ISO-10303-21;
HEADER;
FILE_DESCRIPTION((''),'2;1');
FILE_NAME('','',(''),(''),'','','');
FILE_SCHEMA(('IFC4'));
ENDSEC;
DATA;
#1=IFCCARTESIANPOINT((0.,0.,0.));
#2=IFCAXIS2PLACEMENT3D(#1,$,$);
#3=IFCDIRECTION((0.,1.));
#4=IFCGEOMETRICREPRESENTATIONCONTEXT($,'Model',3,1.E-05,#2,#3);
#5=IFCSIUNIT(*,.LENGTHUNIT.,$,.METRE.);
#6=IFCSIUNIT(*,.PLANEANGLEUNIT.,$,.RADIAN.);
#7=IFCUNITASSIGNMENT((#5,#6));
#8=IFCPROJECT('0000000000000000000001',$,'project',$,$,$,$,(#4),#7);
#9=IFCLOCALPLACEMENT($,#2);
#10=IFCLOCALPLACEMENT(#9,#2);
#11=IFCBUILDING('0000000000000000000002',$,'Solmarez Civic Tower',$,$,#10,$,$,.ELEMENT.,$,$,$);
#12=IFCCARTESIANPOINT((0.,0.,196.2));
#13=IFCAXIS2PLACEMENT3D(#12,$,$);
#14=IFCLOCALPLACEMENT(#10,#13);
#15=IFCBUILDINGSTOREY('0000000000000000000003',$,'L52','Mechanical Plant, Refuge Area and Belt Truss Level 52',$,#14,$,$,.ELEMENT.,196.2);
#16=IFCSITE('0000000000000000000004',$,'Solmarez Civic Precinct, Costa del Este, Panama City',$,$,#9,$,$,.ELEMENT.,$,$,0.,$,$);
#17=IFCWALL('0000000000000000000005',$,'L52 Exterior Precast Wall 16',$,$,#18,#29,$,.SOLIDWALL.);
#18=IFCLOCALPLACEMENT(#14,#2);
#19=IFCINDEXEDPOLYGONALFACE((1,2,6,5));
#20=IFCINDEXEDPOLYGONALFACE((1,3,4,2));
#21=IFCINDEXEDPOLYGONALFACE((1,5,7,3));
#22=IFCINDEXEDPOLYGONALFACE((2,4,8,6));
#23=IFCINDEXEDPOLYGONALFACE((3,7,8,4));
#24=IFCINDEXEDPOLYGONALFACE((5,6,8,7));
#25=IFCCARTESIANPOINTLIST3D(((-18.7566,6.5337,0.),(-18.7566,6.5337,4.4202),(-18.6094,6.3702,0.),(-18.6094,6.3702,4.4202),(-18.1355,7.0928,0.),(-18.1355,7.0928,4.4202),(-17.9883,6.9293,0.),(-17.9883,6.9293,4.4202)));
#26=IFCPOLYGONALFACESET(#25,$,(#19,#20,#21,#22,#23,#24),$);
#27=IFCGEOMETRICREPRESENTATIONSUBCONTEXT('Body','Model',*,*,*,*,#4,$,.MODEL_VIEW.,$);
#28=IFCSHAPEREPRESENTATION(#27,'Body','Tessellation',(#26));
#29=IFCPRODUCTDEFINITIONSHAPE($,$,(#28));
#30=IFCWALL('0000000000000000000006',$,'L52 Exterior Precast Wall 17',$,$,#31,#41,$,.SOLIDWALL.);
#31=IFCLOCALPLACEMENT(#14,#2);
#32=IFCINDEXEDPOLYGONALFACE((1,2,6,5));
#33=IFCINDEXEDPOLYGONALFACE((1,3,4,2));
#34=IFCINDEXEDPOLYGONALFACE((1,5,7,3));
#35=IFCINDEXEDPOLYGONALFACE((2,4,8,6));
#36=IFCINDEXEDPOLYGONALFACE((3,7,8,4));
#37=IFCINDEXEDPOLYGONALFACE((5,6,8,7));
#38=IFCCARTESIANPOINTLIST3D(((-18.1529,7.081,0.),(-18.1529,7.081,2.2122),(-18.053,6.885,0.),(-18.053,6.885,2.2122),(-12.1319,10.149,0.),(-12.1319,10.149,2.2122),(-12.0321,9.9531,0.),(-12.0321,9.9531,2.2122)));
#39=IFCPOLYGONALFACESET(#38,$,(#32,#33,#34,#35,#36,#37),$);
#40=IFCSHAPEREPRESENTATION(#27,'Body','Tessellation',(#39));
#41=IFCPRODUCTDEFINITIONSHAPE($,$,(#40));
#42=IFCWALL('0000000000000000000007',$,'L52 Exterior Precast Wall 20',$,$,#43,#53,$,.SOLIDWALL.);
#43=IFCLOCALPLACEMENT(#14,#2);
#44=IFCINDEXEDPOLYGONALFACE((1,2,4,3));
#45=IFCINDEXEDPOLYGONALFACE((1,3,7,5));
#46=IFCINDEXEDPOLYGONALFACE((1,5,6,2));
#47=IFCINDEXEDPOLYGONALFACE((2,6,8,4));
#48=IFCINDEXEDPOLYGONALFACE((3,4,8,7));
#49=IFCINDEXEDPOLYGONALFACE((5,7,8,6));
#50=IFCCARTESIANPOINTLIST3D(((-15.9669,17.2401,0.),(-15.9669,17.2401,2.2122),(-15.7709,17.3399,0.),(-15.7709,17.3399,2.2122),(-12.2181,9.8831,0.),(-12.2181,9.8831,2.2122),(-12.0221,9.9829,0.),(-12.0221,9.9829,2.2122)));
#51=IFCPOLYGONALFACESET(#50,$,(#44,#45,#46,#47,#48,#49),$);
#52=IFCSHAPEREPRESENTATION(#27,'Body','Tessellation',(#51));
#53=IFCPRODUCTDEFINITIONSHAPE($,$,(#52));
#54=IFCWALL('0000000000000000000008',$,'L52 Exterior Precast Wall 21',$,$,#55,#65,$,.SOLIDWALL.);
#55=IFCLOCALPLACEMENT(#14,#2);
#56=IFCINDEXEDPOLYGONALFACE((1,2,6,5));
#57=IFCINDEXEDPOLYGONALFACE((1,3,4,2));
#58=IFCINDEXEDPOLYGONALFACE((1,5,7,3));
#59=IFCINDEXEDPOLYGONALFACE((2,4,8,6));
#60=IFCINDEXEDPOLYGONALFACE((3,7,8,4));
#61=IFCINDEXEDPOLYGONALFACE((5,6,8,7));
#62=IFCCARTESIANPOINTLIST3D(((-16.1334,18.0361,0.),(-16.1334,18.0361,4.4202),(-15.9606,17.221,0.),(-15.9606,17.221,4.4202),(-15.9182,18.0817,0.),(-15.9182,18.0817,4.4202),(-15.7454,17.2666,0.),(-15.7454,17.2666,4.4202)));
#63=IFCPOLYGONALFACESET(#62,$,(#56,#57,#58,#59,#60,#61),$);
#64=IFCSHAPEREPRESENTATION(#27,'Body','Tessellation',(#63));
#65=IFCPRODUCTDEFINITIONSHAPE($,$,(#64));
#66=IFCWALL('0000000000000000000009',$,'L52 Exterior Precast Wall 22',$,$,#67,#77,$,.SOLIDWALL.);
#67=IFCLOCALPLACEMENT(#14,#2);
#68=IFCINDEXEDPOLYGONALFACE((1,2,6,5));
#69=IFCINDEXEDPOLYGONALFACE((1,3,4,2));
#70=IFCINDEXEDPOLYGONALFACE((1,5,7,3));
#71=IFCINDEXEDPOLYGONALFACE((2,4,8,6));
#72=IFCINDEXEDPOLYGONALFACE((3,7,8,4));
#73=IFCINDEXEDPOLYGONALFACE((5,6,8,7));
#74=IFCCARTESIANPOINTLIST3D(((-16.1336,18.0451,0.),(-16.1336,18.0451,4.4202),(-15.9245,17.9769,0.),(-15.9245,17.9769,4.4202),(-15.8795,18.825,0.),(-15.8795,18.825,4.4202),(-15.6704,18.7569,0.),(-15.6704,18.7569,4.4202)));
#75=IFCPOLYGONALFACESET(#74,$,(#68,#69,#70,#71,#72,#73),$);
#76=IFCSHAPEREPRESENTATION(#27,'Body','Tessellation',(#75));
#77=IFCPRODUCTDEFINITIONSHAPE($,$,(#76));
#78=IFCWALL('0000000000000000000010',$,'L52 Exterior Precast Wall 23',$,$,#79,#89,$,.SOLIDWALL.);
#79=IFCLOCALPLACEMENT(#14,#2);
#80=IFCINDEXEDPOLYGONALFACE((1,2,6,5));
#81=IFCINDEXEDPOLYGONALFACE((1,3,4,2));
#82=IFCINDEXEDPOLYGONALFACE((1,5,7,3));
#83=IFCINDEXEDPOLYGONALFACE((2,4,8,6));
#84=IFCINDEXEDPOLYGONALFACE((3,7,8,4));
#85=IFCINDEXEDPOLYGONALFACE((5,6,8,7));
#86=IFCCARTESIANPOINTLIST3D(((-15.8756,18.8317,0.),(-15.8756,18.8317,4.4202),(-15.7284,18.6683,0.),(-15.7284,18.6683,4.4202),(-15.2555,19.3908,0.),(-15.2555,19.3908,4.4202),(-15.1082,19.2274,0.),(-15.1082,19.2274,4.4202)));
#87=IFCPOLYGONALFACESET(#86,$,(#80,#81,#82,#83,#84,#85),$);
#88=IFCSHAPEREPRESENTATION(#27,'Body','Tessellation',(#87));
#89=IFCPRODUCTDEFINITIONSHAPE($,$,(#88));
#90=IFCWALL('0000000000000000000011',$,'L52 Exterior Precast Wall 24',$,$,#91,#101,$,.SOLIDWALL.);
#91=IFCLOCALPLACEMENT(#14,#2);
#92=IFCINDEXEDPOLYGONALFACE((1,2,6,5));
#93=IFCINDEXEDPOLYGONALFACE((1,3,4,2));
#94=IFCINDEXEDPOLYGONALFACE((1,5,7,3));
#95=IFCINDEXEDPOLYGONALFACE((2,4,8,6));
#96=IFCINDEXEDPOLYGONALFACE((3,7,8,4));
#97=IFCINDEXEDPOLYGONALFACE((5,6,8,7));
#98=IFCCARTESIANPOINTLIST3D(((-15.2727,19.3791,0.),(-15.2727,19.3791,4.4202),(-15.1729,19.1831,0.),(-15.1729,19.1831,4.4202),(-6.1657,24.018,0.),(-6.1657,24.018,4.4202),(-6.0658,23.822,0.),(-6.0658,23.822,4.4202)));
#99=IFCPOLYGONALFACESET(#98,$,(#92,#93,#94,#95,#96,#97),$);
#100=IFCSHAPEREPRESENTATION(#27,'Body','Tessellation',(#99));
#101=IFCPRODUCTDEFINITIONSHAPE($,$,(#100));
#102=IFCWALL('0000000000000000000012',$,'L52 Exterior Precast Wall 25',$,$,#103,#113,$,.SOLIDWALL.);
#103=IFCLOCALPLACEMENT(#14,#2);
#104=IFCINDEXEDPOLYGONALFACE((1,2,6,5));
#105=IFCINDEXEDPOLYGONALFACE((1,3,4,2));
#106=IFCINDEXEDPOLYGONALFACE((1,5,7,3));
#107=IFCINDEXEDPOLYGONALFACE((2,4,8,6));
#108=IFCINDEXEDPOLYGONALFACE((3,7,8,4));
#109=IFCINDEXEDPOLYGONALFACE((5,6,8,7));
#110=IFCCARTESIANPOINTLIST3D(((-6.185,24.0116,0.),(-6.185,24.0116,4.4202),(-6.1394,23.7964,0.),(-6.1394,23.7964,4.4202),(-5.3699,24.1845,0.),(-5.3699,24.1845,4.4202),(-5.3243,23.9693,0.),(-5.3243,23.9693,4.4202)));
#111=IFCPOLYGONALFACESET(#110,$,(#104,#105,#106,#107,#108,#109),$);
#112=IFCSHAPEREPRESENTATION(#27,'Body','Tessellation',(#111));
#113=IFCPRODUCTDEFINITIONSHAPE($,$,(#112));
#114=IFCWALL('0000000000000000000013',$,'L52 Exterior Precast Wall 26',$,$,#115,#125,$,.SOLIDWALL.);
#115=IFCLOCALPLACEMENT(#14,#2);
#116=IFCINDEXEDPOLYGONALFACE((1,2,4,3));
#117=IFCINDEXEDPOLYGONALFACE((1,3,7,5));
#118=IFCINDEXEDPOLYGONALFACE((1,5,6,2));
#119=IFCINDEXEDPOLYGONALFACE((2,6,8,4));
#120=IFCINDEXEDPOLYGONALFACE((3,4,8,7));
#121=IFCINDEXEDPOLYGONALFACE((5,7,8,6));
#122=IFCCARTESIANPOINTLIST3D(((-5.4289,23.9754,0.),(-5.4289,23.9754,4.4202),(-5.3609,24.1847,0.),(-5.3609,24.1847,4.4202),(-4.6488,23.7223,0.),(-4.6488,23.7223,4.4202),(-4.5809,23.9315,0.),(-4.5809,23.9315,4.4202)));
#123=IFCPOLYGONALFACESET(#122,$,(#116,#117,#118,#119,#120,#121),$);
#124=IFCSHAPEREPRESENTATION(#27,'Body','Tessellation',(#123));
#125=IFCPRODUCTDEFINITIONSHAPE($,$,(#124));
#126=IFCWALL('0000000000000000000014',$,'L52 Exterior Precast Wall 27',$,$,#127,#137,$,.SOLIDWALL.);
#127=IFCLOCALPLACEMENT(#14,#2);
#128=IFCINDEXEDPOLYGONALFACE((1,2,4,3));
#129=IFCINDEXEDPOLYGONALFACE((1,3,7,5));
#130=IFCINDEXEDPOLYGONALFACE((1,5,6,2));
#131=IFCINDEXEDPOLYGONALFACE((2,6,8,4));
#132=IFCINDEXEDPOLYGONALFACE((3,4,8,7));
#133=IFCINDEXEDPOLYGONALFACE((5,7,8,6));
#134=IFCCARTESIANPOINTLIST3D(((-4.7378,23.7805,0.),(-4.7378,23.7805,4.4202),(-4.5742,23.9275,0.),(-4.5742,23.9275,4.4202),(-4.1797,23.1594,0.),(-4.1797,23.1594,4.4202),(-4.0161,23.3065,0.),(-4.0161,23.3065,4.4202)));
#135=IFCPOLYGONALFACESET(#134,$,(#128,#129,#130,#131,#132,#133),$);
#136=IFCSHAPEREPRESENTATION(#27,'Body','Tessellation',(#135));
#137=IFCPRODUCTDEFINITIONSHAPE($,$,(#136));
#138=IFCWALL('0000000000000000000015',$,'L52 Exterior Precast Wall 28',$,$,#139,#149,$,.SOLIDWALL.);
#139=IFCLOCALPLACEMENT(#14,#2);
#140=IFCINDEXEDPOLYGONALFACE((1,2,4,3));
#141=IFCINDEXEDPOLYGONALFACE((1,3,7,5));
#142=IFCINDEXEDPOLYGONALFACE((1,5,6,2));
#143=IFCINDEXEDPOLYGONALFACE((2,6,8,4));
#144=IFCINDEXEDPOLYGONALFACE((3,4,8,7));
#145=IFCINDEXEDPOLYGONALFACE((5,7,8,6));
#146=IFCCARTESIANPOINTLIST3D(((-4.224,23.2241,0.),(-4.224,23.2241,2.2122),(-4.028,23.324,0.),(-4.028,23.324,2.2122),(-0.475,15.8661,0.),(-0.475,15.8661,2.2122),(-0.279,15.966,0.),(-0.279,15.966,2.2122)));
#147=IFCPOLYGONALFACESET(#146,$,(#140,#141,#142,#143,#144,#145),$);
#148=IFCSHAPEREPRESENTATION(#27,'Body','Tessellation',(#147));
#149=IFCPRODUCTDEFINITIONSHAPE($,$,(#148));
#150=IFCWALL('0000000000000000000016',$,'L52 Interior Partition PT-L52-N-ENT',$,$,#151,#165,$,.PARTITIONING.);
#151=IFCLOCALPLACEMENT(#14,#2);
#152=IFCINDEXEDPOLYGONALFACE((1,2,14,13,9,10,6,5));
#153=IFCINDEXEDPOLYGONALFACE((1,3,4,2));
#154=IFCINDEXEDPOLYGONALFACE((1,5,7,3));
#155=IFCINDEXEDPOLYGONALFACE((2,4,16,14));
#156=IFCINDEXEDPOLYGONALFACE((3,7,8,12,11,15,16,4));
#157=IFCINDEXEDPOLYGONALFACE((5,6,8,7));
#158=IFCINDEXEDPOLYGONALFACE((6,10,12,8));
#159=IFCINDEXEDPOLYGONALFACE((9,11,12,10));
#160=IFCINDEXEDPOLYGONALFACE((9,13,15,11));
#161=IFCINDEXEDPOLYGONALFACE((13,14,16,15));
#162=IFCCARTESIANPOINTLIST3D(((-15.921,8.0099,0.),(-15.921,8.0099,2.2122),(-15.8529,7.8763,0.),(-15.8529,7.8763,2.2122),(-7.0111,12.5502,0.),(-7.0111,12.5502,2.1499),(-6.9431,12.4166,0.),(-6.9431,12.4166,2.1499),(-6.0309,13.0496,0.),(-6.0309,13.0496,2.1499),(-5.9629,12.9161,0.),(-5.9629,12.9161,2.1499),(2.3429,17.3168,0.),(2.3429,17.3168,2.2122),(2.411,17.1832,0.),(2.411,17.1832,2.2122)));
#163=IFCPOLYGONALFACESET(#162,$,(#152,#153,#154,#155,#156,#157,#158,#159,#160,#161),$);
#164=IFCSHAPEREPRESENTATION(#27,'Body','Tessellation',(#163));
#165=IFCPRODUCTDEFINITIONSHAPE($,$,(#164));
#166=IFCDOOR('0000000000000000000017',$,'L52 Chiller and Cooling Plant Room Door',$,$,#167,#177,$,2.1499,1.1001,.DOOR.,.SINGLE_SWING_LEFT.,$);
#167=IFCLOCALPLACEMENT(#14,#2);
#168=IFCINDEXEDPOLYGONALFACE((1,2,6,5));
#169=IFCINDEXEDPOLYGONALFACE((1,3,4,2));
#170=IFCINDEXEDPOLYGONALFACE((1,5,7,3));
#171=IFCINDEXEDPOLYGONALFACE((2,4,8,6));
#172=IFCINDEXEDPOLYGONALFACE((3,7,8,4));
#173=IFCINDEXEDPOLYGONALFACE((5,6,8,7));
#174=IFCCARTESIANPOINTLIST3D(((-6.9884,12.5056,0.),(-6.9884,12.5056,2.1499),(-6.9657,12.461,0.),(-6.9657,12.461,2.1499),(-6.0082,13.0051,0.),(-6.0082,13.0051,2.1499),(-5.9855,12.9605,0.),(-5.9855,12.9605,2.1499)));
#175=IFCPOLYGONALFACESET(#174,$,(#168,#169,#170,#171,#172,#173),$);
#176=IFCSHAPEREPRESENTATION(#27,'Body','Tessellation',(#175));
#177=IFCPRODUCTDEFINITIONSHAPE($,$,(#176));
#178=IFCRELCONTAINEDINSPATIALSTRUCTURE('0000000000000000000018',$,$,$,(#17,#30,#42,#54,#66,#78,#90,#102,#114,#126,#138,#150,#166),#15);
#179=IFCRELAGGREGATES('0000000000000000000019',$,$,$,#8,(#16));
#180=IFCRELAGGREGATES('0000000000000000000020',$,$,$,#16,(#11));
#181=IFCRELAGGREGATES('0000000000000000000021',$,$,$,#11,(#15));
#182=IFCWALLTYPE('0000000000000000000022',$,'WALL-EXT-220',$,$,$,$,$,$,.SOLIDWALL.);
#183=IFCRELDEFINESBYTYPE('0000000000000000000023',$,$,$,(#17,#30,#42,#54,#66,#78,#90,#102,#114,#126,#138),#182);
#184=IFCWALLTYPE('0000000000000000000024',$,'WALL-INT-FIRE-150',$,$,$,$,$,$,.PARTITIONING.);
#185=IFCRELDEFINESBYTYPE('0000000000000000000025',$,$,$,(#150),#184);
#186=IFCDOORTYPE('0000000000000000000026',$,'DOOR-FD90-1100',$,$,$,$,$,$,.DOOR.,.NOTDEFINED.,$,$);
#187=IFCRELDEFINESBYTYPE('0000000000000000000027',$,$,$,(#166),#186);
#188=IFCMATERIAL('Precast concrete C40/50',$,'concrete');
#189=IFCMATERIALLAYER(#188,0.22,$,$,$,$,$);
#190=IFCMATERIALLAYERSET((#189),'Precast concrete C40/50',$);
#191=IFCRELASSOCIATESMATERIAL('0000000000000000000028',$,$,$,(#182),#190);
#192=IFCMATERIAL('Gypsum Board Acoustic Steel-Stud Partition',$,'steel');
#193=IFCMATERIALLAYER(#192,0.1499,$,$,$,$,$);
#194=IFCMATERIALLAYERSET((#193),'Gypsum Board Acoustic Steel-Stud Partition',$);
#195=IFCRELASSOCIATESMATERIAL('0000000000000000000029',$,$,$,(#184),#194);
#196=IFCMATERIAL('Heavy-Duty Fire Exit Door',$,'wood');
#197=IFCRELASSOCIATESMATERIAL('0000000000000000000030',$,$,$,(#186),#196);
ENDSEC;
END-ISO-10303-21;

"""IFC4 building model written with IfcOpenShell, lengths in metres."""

from ifc_helpers import new_model, si_unit, direction, frame, frame_2d, origin, place, context, subcontext, project, spatial, rectangle, extrude, material, layer, layer_set, type_object, element, fill, save


model = new_model("IFC4")

# Units and contexts
model_context = context("Model", 3, precision=1e-05, world=origin(), true_north=direction((0.0, 1.0)))
body_context = subcontext(model_context, "Body", "Model", "MODEL_VIEW")
ifc_project = project(units=[si_unit("LENGTHUNIT", "METRE"), si_unit("PLANEANGLEUNIT", "RADIAN")], contexts=[model_context])

# Site, building, storey
site_placement = place(None, origin())
site = spatial("IfcSite", under=ifc_project, at=site_placement, Name="Solmarez Civic Precinct, Costa del Este, Panama City", CompositionType="ELEMENT", RefElevation=0.0)
building_placement = place(site_placement, origin())
building = spatial("IfcBuilding", under=site, at=building_placement, Name="Solmarez Civic Tower", CompositionType="ELEMENT")
storey_placement = place(building_placement, frame((0.0, 0.0, 196.2)))
storey = spatial("IfcBuildingStorey", under=building, at=storey_placement, Name="L52", Description="Mechanical Plant, Refuge Area and Belt Truss Level 52", CompositionType="ELEMENT", Elevation=196.2)

# Walls
ifc_material_1 = material(Name="Precast concrete C40/50", Category="concrete")
ifc_layer_1 = layer(ifc_material_1, 0.22)
ifc_layer_set_1 = layer_set([ifc_layer_1], Name="Precast concrete C40/50")
wall_type_1 = type_object("IfcWallType", Name="WALL-EXT-220", PredefinedType="SOLIDWALL", material=ifc_layer_set_1)
wall_1_placement = place(storey_placement, frame((-18.6831, 6.4519, 0.0), z_axis=(0.0, 0.0, 1.0), x_axis=(0.743236, 0.669029, 0.0)))
element("IfcWall", 1, at=wall_1_placement, inside=storey, type_object=wall_type_1, Name="L52 Exterior Precast Wall 16", PredefinedType="SOLIDWALL", context=body_context, shape_type="SweptSolid", body=[
    extrude(rectangle(XDim=0.8357, YDim=0.22, at=frame_2d((0.418, 0.0))), origin(), (0.0, 0.0, 1.0), 4.4202),
])
wall_2_placement = place(storey_placement, frame((-18.103, 6.9829, 0.0), z_axis=(0.0, 0.0, 1.0), x_axis=(0.890991, 0.454022, 0.0)))
element("IfcWall", 2, at=wall_2_placement, inside=storey, type_object=wall_type_1, Name="L52 Exterior Precast Wall 17", PredefinedType="SOLIDWALL", context=body_context, shape_type="SweptSolid", body=[
    extrude(rectangle(XDim=6.7576, YDim=0.22, at=frame_2d((3.3789, 0.0))), origin(), (0.0, 0.0, 1.0), 2.2122),
])
wall_3_placement = place(storey_placement, frame((-12.1201, 9.9331, 0.0), z_axis=(0.0, 0.0, 1.0), x_axis=(-0.454013, 0.890995, 0.0)))
element("IfcWall", 3, at=wall_3_placement, inside=storey, type_object=wall_type_1, Name="L52 Exterior Precast Wall 20", PredefinedType="SOLIDWALL", context=body_context, shape_type="SweptSolid", body=[
    extrude(rectangle(XDim=8.2571, YDim=0.22, at=frame_2d((4.1284, 0.0))), origin(), (0.0, 0.0, 1.0), 2.2122),
])
wall_4_placement = place(storey_placement, frame((-15.853, 17.2439, 0.0), z_axis=(0.0, 0.0, 1.0), x_axis=(-0.207428, 0.97825, 0.0)))
element("IfcWall", 4, at=wall_4_placement, inside=storey, type_object=wall_type_1, Name="L52 Exterior Precast Wall 21", PredefinedType="SOLIDWALL", context=body_context, shape_type="SweptSolid", body=[
    extrude(rectangle(XDim=0.8333, YDim=0.22, at=frame_2d((0.4165, 0.0))), origin(), (0.0, 0.0, 1.0), 4.4202),
])
wall_5_placement = place(storey_placement, frame((-16.0291, 18.011, 0.0), z_axis=(0.0, 0.0, 1.0), x_axis=(0.309793, 0.950804, 0.0)))
element("IfcWall", 5, at=wall_5_placement, inside=storey, type_object=wall_type_1, Name="L52 Exterior Precast Wall 22", PredefinedType="SOLIDWALL", context=body_context, shape_type="SweptSolid", body=[
    extrude(rectangle(XDim=0.8203, YDim=0.22, at=frame_2d((0.4102, 0.0))), origin(), (0.0, 0.0, 1.0), 4.4202),
])
wall_6_placement = place(storey_placement, frame((-15.802, 18.75, 0.0), z_axis=(0.0, 0.0, 1.0), x_axis=(0.742712, 0.669611, 0.0)))
element("IfcWall", 6, at=wall_6_placement, inside=storey, type_object=wall_type_1, Name="L52 Exterior Precast Wall 23", PredefinedType="SOLIDWALL", context=body_context, shape_type="SweptSolid", body=[
    extrude(rectangle(XDim=0.835, YDim=0.22, at=frame_2d((0.4175, 0.0))), origin(), (0.0, 0.0, 1.0), 4.4202),
])
wall_7_placement = place(storey_placement, frame((-15.2229, 19.281, 0.0), z_axis=(0.0, 0.0, 1.0), x_axis=(0.891058, 0.45389, 0.0)))
element("IfcWall", 7, at=wall_7_placement, inside=storey, type_object=wall_type_1, Name="L52 Exterior Precast Wall 24", PredefinedType="SOLIDWALL", context=body_context, shape_type="SweptSolid", body=[
    extrude(rectangle(XDim=10.2205, YDim=0.22, at=frame_2d((5.1104, 0.0))), origin(), (0.0, 0.0, 1.0), 4.4202),
])
wall_8_placement = place(storey_placement, frame((-6.1621, 23.9041, 0.0), z_axis=(0.0, 0.0, 1.0), x_axis=(0.97825, 0.207428, 0.0)))
element("IfcWall", 8, at=wall_8_placement, inside=storey, type_object=wall_type_1, Name="L52 Exterior Precast Wall 25", PredefinedType="SOLIDWALL", context=body_context, shape_type="SweptSolid", body=[
    extrude(rectangle(XDim=0.8333, YDim=0.22, at=frame_2d((0.4165, 0.0))), origin(), (0.0, 0.0, 1.0), 4.4202),
])
wall_9_placement = place(storey_placement, frame((-5.395, 24.0801, 0.0), z_axis=(0.0, 0.0, 1.0), x_axis=(0.951154, -0.308716, 0.0)))
element("IfcWall", 9, at=wall_9_placement, inside=storey, type_object=wall_type_1, Name="L52 Exterior Precast Wall 26", PredefinedType="SOLIDWALL", context=body_context, shape_type="SweptSolid", body=[
    extrude(rectangle(XDim=0.8201, YDim=0.22, at=frame_2d((0.4102, 0.0))), origin(), (0.0, 0.0, 1.0), 4.4202),
])
wall_10_placement = place(storey_placement, frame((-4.656, 23.854, 0.0), z_axis=(0.0, 0.0, 1.0), x_axis=(0.668383, -0.743817, 0.0)))
element("IfcWall", 10, at=wall_10_placement, inside=storey, type_object=wall_type_1, Name="L52 Exterior Precast Wall 27", PredefinedType="SOLIDWALL", context=body_context, shape_type="SweptSolid", body=[
    extrude(rectangle(XDim=0.835, YDim=0.22, at=frame_2d((0.4175, 0.0))), origin(), (0.0, 0.0, 1.0), 4.4202),
])
wall_11_placement = place(storey_placement, frame((-4.126, 23.2739, 0.0), z_axis=(0.0, 0.0, 1.0), x_axis=(0.453989, -0.891007, 0.0)))
element("IfcWall", 11, at=wall_11_placement, inside=storey, type_object=wall_type_1, Name="L52 Exterior Precast Wall 28", PredefinedType="SOLIDWALL", context=body_context, shape_type="SweptSolid", body=[
    extrude(rectangle(XDim=8.2581, YDim=0.22, at=frame_2d((4.1289, 0.0))), origin(), (0.0, 0.0, 1.0), 2.2122),
])

# Wall, opening, door
ifc_material_2 = material(Name="Gypsum Board Acoustic Steel-Stud Partition", Category="steel")
ifc_layer_2 = layer(ifc_material_2, 0.1499)
ifc_layer_set_2 = layer_set([ifc_layer_2], Name="Gypsum Board Acoustic Steel-Stud Partition")
wall_type_2 = type_object("IfcWallType", Name="WALL-INT-FIRE-150", PredefinedType="PARTITIONING", material=ifc_layer_set_2)
wall_12_placement = place(storey_placement, frame((-15.887, 7.9431, 0.0), z_axis=(0.0, 0.0, 1.0), x_axis=(0.890988, 0.454027, 0.0)))
wall_12 = element("IfcWall", 12, at=wall_12_placement, inside=storey, type_object=wall_type_2, Name="L52 Interior Partition PT-L52-N-ENT", PredefinedType="PARTITIONING", context=body_context, shape_type="SweptSolid", body=[
    extrude(rectangle(XDim=20.4985, YDim=0.1499, at=frame_2d((10.2493, 0.0))), origin(), (0.0, 0.0, 1.0), 2.2122),
])
opening_1_placement = place(wall_12_placement, frame((10.0, 0.0, 0.0)))
opening_1 = element("IfcOpeningElement", 13, at=opening_1_placement, cuts=wall_12, PredefinedType="OPENING", context=body_context, shape_type="SweptSolid", body=[
    extrude(rectangle(XDim=1.1001, YDim=2.1499, at=frame_2d((0.55, 1.075))), frame((0.0, 0.085, 0.0), z_axis=(0.0, -1.0, 0.0), x_axis=(1.0, 0.0, 0.0)), (0.0, 0.0, 1.0), 0.1699),
])
ifc_material_3 = material(Name="Heavy-Duty Fire Exit Door", Category="wood")
door_type_1 = type_object("IfcDoorType", Name="DOOR-FD90-1100", OperationType="NOTDEFINED", PredefinedType="DOOR", material=ifc_material_3)
door_1_placement = place(opening_1_placement, origin())
door_1 = element("IfcDoor", 14, at=door_1_placement, inside=storey, type_object=door_type_1, Name="L52 Chiller and Cooling Plant Room Door", OperationType="SINGLE_SWING_LEFT", OverallHeight=2.1499, OverallWidth=1.1001, PredefinedType="DOOR", context=body_context, shape_type="SweptSolid", body=[
    extrude(rectangle(XDim=1.1001, YDim=2.1499, at=frame_2d((0.55, 1.075))), frame((0.0, 0.0249, 0.0), z_axis=(0.0, -1.0, 0.0), x_axis=(1.0, 0.0, 0.0)), (0.0, 0.0, 1.0), 0.05),
])
fill(opening_1, door_1)

save(model, "model.ifc")
